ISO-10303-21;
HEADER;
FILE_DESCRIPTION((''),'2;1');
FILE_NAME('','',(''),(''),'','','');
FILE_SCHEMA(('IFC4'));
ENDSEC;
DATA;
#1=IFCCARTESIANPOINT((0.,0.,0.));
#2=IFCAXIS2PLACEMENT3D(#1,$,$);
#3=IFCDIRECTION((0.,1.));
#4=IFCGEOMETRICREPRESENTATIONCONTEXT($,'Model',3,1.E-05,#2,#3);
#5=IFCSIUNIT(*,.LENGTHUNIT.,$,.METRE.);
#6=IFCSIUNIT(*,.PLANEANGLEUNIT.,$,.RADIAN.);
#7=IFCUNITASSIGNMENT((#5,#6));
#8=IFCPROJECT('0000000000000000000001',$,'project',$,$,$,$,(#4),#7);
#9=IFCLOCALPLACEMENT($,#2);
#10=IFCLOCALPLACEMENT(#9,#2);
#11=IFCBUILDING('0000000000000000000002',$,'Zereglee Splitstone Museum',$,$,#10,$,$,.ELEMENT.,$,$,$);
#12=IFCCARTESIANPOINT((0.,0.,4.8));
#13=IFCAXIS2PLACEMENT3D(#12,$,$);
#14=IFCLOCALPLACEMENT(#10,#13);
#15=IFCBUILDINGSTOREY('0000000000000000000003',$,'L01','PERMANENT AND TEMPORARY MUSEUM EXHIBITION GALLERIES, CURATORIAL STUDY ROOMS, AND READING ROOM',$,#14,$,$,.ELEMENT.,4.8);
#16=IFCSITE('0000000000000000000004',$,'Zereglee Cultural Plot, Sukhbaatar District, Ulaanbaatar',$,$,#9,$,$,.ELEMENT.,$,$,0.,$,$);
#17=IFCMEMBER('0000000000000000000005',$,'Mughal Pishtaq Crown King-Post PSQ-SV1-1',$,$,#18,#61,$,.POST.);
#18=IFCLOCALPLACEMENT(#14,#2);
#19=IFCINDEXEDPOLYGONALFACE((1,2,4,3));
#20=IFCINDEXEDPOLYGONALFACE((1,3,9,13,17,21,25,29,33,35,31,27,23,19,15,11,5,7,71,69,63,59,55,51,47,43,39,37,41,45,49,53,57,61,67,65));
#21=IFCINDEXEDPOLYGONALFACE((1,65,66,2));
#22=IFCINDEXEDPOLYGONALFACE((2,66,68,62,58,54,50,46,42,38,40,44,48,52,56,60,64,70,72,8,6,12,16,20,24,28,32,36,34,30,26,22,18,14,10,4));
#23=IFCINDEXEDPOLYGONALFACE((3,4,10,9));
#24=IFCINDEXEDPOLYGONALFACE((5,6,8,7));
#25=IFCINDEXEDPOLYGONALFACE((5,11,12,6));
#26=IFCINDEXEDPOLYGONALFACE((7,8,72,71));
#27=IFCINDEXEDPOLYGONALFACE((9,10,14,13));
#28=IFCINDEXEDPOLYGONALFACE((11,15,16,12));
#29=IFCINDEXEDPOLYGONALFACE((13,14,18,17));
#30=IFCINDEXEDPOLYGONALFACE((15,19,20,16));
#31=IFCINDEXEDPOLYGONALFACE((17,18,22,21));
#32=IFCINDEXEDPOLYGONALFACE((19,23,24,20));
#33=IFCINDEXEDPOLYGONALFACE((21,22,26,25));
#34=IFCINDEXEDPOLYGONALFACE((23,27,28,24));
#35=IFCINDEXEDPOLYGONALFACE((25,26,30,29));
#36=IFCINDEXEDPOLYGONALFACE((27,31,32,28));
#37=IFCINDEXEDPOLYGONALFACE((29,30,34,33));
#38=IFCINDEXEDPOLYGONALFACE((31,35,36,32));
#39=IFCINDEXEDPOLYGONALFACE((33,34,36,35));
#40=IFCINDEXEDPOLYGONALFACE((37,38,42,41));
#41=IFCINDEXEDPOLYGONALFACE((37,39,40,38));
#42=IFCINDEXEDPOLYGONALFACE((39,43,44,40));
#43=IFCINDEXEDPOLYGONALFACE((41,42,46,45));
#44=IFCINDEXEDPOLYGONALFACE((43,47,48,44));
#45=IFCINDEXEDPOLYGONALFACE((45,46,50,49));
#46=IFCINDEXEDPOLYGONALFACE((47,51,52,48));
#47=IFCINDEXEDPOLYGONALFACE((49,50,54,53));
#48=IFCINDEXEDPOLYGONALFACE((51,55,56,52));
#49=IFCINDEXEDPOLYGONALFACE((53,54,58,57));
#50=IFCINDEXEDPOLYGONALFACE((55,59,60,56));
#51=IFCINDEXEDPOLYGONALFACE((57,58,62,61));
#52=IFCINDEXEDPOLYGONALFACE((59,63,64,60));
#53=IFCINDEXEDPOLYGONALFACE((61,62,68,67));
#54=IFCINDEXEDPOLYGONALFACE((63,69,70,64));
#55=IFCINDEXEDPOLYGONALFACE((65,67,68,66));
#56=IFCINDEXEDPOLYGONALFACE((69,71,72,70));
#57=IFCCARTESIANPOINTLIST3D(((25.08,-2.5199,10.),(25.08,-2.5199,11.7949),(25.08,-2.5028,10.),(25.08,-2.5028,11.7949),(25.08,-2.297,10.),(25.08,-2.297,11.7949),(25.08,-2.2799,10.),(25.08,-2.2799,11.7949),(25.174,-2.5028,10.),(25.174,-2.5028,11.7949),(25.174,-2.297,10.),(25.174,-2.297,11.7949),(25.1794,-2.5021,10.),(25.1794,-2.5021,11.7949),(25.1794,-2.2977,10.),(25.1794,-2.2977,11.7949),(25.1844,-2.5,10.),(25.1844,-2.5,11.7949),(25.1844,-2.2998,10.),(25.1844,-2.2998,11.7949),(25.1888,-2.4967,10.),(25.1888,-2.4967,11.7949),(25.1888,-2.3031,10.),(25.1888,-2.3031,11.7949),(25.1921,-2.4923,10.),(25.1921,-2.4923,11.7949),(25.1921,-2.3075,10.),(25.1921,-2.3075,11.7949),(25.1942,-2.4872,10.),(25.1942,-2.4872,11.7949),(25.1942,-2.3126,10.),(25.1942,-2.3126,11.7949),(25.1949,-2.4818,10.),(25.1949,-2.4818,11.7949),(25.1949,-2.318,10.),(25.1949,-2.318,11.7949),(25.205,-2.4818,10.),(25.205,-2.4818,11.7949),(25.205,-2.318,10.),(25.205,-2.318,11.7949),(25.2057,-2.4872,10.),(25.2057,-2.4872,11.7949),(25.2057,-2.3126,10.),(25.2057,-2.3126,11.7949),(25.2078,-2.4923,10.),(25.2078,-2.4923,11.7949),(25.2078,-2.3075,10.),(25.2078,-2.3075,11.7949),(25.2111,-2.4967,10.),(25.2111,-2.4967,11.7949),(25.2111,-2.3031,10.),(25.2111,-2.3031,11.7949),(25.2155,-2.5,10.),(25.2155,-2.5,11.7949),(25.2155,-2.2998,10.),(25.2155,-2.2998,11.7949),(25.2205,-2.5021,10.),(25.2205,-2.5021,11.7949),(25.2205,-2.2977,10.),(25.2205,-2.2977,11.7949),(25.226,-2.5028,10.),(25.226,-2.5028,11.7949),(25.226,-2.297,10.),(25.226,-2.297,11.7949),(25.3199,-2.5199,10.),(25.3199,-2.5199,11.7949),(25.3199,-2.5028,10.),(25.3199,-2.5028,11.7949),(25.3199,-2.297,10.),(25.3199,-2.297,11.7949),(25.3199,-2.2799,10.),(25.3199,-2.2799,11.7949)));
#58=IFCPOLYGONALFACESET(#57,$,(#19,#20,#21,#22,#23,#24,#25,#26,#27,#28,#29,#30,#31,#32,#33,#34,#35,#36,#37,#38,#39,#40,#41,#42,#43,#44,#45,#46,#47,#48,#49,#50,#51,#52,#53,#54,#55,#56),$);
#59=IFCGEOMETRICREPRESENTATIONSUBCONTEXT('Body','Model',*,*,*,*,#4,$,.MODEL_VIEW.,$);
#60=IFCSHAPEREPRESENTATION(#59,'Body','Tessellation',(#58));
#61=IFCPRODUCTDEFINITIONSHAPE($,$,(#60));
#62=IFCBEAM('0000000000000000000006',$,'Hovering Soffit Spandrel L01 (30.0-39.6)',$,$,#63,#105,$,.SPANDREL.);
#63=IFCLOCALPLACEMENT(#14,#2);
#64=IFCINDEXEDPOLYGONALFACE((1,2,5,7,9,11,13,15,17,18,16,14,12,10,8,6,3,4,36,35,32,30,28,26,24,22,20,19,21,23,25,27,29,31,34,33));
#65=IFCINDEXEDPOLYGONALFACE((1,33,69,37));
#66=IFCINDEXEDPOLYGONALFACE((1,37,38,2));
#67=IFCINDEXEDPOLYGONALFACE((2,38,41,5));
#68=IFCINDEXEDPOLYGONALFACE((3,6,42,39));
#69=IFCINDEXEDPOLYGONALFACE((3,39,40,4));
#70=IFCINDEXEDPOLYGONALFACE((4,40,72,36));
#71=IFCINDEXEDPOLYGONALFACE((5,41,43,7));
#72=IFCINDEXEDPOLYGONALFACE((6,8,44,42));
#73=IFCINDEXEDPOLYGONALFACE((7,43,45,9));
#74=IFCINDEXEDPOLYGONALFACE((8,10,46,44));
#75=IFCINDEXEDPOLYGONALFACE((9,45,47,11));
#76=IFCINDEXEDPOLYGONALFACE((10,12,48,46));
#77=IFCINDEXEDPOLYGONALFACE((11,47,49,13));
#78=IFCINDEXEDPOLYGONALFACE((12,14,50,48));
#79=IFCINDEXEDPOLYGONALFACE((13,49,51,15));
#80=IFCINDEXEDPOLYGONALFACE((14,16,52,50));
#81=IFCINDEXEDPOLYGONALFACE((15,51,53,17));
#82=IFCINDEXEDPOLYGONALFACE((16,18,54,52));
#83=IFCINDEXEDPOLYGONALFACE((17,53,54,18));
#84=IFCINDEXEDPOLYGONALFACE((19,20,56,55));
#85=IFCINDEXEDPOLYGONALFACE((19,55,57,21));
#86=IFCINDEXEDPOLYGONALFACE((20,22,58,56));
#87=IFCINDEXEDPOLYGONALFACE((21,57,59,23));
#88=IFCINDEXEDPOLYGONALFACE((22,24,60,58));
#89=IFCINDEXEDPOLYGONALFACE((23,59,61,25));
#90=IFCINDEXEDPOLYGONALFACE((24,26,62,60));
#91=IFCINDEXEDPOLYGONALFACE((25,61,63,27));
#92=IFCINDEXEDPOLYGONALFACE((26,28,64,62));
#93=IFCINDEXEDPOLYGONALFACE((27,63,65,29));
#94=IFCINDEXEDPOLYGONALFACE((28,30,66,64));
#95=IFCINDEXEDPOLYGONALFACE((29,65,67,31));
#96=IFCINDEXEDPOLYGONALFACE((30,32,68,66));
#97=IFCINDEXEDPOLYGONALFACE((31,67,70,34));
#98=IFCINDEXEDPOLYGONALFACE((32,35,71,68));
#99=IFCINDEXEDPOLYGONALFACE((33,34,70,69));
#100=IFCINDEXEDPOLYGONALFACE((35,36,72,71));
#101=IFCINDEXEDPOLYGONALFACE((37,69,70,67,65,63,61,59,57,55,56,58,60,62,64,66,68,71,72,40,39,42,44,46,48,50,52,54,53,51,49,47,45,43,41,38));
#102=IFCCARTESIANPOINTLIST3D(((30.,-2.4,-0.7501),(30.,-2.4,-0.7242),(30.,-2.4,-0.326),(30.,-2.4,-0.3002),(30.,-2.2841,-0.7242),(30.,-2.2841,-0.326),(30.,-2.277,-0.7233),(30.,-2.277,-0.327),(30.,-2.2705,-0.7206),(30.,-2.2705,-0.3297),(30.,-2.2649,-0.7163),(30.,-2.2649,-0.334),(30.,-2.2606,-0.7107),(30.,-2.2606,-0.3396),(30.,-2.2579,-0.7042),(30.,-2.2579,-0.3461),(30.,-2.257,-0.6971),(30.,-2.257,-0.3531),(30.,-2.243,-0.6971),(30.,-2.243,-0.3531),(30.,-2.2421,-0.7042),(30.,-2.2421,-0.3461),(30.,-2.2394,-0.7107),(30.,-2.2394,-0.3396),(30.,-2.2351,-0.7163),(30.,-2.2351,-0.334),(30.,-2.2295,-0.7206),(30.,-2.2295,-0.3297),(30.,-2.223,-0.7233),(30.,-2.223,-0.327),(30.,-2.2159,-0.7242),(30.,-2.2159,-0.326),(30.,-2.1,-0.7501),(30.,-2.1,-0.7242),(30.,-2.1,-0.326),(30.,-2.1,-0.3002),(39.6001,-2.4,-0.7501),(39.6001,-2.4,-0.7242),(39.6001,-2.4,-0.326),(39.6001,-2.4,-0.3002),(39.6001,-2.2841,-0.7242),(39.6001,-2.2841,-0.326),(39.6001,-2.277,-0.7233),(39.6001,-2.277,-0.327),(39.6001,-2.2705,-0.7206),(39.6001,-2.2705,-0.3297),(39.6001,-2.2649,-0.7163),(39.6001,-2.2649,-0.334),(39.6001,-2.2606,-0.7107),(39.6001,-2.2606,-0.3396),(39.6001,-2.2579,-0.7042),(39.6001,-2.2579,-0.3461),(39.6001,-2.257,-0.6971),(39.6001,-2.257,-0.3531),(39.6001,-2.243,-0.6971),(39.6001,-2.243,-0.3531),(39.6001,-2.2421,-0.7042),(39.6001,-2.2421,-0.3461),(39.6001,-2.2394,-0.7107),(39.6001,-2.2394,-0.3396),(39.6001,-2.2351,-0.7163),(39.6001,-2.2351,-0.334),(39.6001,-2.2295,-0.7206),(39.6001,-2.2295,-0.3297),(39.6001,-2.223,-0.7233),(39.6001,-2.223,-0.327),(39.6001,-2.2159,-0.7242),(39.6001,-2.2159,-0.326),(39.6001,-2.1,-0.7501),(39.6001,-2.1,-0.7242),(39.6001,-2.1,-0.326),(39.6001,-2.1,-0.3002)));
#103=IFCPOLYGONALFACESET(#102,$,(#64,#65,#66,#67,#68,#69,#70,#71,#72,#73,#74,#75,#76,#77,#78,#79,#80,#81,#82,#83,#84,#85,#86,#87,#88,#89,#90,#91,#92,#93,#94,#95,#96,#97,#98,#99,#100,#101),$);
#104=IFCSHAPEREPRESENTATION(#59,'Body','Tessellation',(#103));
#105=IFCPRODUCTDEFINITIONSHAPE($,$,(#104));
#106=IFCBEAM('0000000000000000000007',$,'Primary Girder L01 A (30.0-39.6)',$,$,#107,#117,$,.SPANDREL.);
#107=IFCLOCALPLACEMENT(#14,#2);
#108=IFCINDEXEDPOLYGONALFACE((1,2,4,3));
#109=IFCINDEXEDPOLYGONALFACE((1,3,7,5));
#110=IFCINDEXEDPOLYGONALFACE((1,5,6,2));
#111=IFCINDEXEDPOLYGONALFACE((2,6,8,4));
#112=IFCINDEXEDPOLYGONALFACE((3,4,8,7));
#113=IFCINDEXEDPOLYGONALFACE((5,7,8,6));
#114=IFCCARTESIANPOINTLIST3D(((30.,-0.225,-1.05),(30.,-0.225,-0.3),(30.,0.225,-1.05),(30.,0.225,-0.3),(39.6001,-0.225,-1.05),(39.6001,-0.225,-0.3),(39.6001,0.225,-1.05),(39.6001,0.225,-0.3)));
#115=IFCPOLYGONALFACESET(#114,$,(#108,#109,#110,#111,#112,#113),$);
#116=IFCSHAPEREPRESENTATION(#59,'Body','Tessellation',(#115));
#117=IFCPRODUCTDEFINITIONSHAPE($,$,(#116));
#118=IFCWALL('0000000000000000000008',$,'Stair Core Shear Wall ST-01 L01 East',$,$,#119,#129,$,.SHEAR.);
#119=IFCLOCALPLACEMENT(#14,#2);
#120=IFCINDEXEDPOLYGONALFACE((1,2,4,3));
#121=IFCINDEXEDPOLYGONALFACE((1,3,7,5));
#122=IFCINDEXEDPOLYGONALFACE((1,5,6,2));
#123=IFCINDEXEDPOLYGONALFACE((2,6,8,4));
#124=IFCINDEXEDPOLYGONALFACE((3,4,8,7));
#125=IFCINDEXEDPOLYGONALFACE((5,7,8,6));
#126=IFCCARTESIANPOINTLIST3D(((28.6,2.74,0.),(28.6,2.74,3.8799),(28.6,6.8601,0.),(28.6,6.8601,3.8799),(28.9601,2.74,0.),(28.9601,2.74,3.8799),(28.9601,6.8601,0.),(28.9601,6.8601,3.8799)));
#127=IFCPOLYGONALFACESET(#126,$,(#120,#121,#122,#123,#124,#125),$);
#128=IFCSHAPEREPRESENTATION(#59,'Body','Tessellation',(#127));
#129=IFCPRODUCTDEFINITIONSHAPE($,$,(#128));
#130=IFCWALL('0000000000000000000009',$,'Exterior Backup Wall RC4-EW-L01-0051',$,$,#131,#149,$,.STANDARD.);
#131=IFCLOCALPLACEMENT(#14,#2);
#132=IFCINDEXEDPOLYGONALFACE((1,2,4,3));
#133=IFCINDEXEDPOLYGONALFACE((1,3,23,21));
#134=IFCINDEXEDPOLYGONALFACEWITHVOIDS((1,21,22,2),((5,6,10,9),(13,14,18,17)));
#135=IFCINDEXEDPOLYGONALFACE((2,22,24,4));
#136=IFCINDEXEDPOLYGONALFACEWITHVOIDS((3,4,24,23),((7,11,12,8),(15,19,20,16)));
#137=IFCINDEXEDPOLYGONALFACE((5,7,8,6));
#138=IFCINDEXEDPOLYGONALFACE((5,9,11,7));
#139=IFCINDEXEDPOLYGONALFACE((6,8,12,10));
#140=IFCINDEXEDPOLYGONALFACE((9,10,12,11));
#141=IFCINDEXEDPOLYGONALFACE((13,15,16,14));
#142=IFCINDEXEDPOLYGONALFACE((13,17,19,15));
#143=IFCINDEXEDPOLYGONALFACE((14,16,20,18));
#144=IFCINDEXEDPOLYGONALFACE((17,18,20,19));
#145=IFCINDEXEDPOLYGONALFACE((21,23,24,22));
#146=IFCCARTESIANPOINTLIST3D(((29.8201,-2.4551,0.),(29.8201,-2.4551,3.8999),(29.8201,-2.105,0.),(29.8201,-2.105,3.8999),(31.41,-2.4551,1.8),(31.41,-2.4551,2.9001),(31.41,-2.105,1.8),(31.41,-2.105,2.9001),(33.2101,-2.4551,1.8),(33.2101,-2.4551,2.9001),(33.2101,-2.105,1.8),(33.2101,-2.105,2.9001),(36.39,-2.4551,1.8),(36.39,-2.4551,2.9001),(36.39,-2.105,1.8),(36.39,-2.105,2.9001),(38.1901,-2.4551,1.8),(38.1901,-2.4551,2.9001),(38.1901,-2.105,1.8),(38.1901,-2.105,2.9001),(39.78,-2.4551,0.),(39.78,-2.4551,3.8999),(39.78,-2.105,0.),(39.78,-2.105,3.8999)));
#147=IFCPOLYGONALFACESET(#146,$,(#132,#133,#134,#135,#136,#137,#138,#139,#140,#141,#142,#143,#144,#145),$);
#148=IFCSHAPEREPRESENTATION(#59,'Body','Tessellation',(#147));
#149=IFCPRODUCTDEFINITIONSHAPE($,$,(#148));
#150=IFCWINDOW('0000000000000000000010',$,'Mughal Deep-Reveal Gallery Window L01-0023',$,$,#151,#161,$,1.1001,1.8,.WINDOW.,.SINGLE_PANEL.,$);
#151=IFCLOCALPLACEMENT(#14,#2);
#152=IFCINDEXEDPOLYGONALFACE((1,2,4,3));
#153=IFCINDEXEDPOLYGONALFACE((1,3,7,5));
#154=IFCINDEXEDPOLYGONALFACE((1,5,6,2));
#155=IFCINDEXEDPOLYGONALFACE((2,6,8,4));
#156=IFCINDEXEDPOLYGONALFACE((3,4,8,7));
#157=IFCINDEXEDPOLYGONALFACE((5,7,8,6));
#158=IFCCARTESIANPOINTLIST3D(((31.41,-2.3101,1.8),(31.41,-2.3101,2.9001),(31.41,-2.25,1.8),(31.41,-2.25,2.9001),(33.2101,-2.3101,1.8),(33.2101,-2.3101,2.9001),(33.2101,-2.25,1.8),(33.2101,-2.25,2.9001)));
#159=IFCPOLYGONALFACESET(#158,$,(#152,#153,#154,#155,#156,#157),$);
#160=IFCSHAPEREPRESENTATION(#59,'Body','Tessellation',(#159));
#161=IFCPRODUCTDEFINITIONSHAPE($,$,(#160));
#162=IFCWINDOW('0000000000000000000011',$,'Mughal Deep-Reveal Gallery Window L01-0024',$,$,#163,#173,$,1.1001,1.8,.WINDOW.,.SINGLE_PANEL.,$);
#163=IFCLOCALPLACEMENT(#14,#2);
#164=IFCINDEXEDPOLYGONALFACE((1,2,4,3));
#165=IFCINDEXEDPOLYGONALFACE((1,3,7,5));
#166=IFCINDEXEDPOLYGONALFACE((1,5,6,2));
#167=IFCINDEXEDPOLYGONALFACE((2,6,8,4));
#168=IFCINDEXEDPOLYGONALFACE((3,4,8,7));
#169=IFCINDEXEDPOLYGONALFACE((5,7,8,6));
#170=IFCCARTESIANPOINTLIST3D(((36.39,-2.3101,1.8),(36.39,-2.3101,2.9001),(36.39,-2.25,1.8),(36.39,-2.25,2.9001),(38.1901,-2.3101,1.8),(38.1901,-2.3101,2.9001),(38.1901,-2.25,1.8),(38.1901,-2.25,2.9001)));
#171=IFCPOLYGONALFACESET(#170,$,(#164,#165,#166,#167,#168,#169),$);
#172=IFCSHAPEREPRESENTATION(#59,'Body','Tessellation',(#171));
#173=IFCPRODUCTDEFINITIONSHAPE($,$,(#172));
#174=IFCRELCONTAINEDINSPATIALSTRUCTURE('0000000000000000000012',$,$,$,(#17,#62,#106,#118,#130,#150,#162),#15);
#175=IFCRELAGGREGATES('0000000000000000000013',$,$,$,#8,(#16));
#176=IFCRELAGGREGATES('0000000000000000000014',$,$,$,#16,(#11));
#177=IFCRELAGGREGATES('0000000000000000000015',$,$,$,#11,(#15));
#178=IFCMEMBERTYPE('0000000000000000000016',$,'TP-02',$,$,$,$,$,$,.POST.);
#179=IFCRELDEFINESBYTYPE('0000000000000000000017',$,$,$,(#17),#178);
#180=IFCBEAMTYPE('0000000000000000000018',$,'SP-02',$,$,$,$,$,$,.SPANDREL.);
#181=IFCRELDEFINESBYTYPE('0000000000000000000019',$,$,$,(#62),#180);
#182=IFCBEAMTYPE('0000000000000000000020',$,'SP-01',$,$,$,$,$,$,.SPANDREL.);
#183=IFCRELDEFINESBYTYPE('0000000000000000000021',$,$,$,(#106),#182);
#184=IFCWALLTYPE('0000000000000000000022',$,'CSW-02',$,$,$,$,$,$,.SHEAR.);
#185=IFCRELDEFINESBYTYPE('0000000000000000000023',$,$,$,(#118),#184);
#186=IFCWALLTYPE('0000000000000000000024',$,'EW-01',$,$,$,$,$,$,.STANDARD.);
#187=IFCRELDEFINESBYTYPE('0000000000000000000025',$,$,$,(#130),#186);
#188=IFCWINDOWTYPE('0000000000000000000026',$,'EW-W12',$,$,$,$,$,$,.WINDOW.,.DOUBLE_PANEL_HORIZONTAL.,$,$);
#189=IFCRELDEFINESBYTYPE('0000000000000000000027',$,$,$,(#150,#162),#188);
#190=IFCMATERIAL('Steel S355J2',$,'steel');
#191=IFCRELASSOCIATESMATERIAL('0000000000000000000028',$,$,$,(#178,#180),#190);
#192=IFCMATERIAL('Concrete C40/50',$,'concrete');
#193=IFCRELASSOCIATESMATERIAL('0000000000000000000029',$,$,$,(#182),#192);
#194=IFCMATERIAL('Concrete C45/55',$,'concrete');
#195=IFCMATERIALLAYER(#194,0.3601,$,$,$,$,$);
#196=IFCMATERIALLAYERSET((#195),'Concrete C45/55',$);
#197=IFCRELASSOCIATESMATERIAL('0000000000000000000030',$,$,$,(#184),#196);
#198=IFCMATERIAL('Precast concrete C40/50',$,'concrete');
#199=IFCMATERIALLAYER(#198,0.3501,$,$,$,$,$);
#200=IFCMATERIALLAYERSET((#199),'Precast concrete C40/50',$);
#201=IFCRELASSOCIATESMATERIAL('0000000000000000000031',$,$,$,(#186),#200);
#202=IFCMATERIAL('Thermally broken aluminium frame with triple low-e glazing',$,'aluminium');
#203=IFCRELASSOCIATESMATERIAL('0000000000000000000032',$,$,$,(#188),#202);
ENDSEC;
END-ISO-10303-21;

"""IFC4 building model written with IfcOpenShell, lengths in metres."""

from ifc_helpers import new_model, si_unit, direction, frame, frame_2d, origin, origin_2d, place, context, subcontext, project, spatial, rectangle, i_section, extrude, material, layer, layer_set, material_profile, profile_set, type_object, element, fill, save


model = new_model("IFC4")

# Units and contexts
model_context = context("Model", 3, precision=1e-05, world=origin(), true_north=direction((0.0, 1.0)))
body_context = subcontext(model_context, "Body", "Model", "MODEL_VIEW")
ifc_project = project(units=[si_unit("LENGTHUNIT", "METRE"), si_unit("PLANEANGLEUNIT", "RADIAN")], contexts=[model_context])

# Site, building, storey
site_placement = place(None, origin())
site = spatial("IfcSite", under=ifc_project, at=site_placement, Name="Zereglee Cultural Plot, Sukhbaatar District, Ulaanbaatar", CompositionType="ELEMENT", RefElevation=0.0)
building_placement = place(site_placement, origin())
building = spatial("IfcBuilding", under=site, at=building_placement, Name="Zereglee Splitstone Museum", CompositionType="ELEMENT")
storey_placement = place(building_placement, frame((0.0, 0.0, 4.8)))
storey = spatial("IfcBuildingStorey", under=building, at=storey_placement, Name="L01", Description="PERMANENT AND TEMPORARY MUSEUM EXHIBITION GALLERIES, CURATORIAL STUDY ROOMS, AND READING ROOM", CompositionType="ELEMENT", Elevation=4.8)

# Shared definitions
ifc_material_1 = material(Name="Steel S355J2", Category="steel")

# Member
ifc_material_profile_1 = material_profile(ifc_material_1, i_section(OverallWidth=0.24, OverallDepth=0.24, WebThickness=0.01, FlangeThickness=0.0171, FilletRadius=0.021, at=origin_2d()), Name="HE 240 B")
ifc_profile_set_1 = profile_set([ifc_material_profile_1], Name="Steel S355J2")
member_type_1 = type_object("IfcMemberType", Name="TP-02", PredefinedType="POST", material=ifc_profile_set_1)
member_1_placement = place(storey_placement, frame((25.2, -2.3999, 10.0), z_axis=(0.0, 0.0, 1.0), x_axis=(1.0, 0.0, 0.0)))
element("IfcMember", 1, at=member_1_placement, inside=storey, type_object=member_type_1, Name="Mughal Pishtaq Crown King-Post PSQ-SV1-1", PredefinedType="POST", context=body_context, shape_type="SweptSolid", body=[
    extrude(i_section(OverallWidth=0.24, OverallDepth=0.24, WebThickness=0.01, FlangeThickness=0.0171, FilletRadius=0.021, at=origin_2d()), origin(), (0.0, 0.0, 1.0), 1.7949),
])

# Beams
ifc_material_profile_2 = material_profile(ifc_material_1, i_section(OverallWidth=0.3, OverallDepth=0.45, WebThickness=0.0139, FlangeThickness=0.0259, FilletRadius=0.0271, at=origin_2d()), Name="HE 450 B")
ifc_profile_set_2 = profile_set([ifc_material_profile_2], Name="Steel S355J2")
beam_type_1 = type_object("IfcBeamType", Name="SP-02", PredefinedType="SPANDREL", material=ifc_profile_set_2)
beam_1_placement = place(storey_placement, frame((30.0, -2.25, -0.5251), z_axis=(1.0, 0.0, 0.0), x_axis=(0.0, 1.0, 0.0)))
element("IfcBeam", 2, at=beam_1_placement, inside=storey, type_object=beam_type_1, Name="Hovering Soffit Spandrel L01 (30.0-39.6)", PredefinedType="SPANDREL", context=body_context, shape_type="SweptSolid", body=[
    extrude(i_section(OverallWidth=0.3, OverallDepth=0.45, WebThickness=0.0139, FlangeThickness=0.0259, FilletRadius=0.0271, at=origin_2d()), origin(), (0.0, 0.0, 1.0), 9.6001),
])
ifc_material_2 = material(Name="Concrete C40/50", Category="concrete")
ifc_material_profile_3 = material_profile(ifc_material_2, rectangle(XDim=0.45, YDim=0.75, at=origin_2d()), Name="RC 450x750")
ifc_profile_set_3 = profile_set([ifc_material_profile_3], Name="Concrete C40/50")
beam_type_2 = type_object("IfcBeamType", Name="SP-01", PredefinedType="SPANDREL", material=ifc_profile_set_3)
beam_2_placement = place(storey_placement, frame((30.0, 0.0, -0.675), z_axis=(1.0, 0.0, 0.0), x_axis=(0.0, 1.0, 0.0)))
element("IfcBeam", 3, at=beam_2_placement, inside=storey, type_object=beam_type_2, Name="Primary Girder L01 A (30.0-39.6)", PredefinedType="SPANDREL", context=body_context, shape_type="SweptSolid", body=[
    extrude(rectangle(XDim=0.45, YDim=0.75, at=origin_2d()), origin(), (0.0, 0.0, 1.0), 9.6001),
])

# Wall
ifc_material_3 = material(Name="Concrete C45/55", Category="concrete")
ifc_layer_1 = layer(ifc_material_3, 0.3601)
ifc_layer_set_1 = layer_set([ifc_layer_1], Name="Concrete C45/55")
wall_type_1 = type_object("IfcWallType", Name="CSW-02", PredefinedType="SHEAR", material=ifc_layer_set_1)
wall_1_placement = place(storey_placement, frame((28.78, 2.74, 0.0), z_axis=(0.0, 0.0, 1.0), x_axis=(0.0, 1.0, 0.0)))
element("IfcWall", 4, at=wall_1_placement, inside=storey, type_object=wall_type_1, Name="Stair Core Shear Wall ST-01 L01 East", PredefinedType="SHEAR", context=body_context, shape_type="SweptSolid", body=[
    extrude(rectangle(XDim=4.1201, YDim=0.3601, at=frame_2d((2.0601, 0.0))), origin(), (0.0, 0.0, 1.0), 3.8799),
])

# Wall, openings, windows
ifc_material_4 = material(Name="Precast concrete C40/50", Category="concrete")
ifc_layer_2 = layer(ifc_material_4, 0.3501)
ifc_layer_set_2 = layer_set([ifc_layer_2], Name="Precast concrete C40/50")
wall_type_2 = type_object("IfcWallType", Name="EW-01", PredefinedType="STANDARD", material=ifc_layer_set_2)
wall_2_placement = place(storey_placement, frame((29.8201, -2.28, 0.0), z_axis=(0.0, 0.0, 1.0), x_axis=(1.0, 0.0, 0.0)))
wall_2 = element("IfcWall", 5, at=wall_2_placement, inside=storey, type_object=wall_type_2, Name="Exterior Backup Wall RC4-EW-L01-0051", PredefinedType="STANDARD", context=body_context, shape_type="SweptSolid", body=[
    extrude(rectangle(XDim=9.96, YDim=0.3501, at=frame_2d((4.98, 0.0))), origin(), (0.0, 0.0, 1.0), 3.8999),
])
opening_1_placement = place(wall_2_placement, frame((1.5901, 0.0, 1.8)))
opening_1 = element("IfcOpeningElement", 6, at=opening_1_placement, cuts=wall_2, PredefinedType="OPENING", context=body_context, shape_type="SweptSolid", body=[
    extrude(rectangle(XDim=1.8, YDim=1.1001, at=frame_2d((0.8999, 0.55))), frame((0.0, 0.1899, 0.0), z_axis=(0.0, -1.0, 0.0), x_axis=(1.0, 0.0, 0.0)), (0.0, 0.0, 1.0), 0.3799),
])
opening_2_placement = place(wall_2_placement, frame((6.5701, 0.0, 1.8)))
opening_2 = element("IfcOpeningElement", 7, at=opening_2_placement, cuts=wall_2, PredefinedType="OPENING", context=body_context, shape_type="SweptSolid", body=[
    extrude(rectangle(XDim=1.8, YDim=1.1001, at=frame_2d((0.8999, 0.55))), frame((0.0, 0.1899, 0.0), z_axis=(0.0, -1.0, 0.0), x_axis=(1.0, 0.0, 0.0)), (0.0, 0.0, 1.0), 0.3799),
])
ifc_material_5 = material(Name="Thermally broken aluminium frame with triple low-e glazing", Category="aluminium")
window_type = type_object("IfcWindowType", Name="EW-W12", PartitioningType="DOUBLE_PANEL_HORIZONTAL", PredefinedType="WINDOW", material=ifc_material_5)
window_1_placement = place(opening_1_placement, origin())
window_1 = element("IfcWindow", 8, at=window_1_placement, inside=storey, type_object=window_type, Name="Mughal Deep-Reveal Gallery Window L01-0023", OverallHeight=1.1001, OverallWidth=1.8, PartitioningType="SINGLE_PANEL", PredefinedType="WINDOW", context=body_context, shape_type="SweptSolid", body=[
    extrude(rectangle(XDim=1.8, YDim=1.1001, at=frame_2d((0.8999, 0.55))), frame((0.0, 0.03, 0.0), z_axis=(0.0, -1.0, 0.0), x_axis=(1.0, 0.0, 0.0)), (0.0, 0.0, 1.0), 0.0601),
])
fill(opening_1, window_1)
window_2_placement = place(opening_2_placement, origin())
window_2 = element("IfcWindow", 9, at=window_2_placement, inside=storey, type_object=window_type, Name="Mughal Deep-Reveal Gallery Window L01-0024", OverallHeight=1.1001, OverallWidth=1.8, PartitioningType="SINGLE_PANEL", PredefinedType="WINDOW", context=body_context, shape_type="SweptSolid", body=[
    extrude(rectangle(XDim=1.8, YDim=1.1001, at=frame_2d((0.8999, 0.55))), frame((0.0, 0.03, 0.0), z_axis=(0.0, -1.0, 0.0), x_axis=(1.0, 0.0, 0.0)), (0.0, 0.0, 1.0), 0.0601),
])
fill(opening_2, window_2)

save(model, "model.ifc")
